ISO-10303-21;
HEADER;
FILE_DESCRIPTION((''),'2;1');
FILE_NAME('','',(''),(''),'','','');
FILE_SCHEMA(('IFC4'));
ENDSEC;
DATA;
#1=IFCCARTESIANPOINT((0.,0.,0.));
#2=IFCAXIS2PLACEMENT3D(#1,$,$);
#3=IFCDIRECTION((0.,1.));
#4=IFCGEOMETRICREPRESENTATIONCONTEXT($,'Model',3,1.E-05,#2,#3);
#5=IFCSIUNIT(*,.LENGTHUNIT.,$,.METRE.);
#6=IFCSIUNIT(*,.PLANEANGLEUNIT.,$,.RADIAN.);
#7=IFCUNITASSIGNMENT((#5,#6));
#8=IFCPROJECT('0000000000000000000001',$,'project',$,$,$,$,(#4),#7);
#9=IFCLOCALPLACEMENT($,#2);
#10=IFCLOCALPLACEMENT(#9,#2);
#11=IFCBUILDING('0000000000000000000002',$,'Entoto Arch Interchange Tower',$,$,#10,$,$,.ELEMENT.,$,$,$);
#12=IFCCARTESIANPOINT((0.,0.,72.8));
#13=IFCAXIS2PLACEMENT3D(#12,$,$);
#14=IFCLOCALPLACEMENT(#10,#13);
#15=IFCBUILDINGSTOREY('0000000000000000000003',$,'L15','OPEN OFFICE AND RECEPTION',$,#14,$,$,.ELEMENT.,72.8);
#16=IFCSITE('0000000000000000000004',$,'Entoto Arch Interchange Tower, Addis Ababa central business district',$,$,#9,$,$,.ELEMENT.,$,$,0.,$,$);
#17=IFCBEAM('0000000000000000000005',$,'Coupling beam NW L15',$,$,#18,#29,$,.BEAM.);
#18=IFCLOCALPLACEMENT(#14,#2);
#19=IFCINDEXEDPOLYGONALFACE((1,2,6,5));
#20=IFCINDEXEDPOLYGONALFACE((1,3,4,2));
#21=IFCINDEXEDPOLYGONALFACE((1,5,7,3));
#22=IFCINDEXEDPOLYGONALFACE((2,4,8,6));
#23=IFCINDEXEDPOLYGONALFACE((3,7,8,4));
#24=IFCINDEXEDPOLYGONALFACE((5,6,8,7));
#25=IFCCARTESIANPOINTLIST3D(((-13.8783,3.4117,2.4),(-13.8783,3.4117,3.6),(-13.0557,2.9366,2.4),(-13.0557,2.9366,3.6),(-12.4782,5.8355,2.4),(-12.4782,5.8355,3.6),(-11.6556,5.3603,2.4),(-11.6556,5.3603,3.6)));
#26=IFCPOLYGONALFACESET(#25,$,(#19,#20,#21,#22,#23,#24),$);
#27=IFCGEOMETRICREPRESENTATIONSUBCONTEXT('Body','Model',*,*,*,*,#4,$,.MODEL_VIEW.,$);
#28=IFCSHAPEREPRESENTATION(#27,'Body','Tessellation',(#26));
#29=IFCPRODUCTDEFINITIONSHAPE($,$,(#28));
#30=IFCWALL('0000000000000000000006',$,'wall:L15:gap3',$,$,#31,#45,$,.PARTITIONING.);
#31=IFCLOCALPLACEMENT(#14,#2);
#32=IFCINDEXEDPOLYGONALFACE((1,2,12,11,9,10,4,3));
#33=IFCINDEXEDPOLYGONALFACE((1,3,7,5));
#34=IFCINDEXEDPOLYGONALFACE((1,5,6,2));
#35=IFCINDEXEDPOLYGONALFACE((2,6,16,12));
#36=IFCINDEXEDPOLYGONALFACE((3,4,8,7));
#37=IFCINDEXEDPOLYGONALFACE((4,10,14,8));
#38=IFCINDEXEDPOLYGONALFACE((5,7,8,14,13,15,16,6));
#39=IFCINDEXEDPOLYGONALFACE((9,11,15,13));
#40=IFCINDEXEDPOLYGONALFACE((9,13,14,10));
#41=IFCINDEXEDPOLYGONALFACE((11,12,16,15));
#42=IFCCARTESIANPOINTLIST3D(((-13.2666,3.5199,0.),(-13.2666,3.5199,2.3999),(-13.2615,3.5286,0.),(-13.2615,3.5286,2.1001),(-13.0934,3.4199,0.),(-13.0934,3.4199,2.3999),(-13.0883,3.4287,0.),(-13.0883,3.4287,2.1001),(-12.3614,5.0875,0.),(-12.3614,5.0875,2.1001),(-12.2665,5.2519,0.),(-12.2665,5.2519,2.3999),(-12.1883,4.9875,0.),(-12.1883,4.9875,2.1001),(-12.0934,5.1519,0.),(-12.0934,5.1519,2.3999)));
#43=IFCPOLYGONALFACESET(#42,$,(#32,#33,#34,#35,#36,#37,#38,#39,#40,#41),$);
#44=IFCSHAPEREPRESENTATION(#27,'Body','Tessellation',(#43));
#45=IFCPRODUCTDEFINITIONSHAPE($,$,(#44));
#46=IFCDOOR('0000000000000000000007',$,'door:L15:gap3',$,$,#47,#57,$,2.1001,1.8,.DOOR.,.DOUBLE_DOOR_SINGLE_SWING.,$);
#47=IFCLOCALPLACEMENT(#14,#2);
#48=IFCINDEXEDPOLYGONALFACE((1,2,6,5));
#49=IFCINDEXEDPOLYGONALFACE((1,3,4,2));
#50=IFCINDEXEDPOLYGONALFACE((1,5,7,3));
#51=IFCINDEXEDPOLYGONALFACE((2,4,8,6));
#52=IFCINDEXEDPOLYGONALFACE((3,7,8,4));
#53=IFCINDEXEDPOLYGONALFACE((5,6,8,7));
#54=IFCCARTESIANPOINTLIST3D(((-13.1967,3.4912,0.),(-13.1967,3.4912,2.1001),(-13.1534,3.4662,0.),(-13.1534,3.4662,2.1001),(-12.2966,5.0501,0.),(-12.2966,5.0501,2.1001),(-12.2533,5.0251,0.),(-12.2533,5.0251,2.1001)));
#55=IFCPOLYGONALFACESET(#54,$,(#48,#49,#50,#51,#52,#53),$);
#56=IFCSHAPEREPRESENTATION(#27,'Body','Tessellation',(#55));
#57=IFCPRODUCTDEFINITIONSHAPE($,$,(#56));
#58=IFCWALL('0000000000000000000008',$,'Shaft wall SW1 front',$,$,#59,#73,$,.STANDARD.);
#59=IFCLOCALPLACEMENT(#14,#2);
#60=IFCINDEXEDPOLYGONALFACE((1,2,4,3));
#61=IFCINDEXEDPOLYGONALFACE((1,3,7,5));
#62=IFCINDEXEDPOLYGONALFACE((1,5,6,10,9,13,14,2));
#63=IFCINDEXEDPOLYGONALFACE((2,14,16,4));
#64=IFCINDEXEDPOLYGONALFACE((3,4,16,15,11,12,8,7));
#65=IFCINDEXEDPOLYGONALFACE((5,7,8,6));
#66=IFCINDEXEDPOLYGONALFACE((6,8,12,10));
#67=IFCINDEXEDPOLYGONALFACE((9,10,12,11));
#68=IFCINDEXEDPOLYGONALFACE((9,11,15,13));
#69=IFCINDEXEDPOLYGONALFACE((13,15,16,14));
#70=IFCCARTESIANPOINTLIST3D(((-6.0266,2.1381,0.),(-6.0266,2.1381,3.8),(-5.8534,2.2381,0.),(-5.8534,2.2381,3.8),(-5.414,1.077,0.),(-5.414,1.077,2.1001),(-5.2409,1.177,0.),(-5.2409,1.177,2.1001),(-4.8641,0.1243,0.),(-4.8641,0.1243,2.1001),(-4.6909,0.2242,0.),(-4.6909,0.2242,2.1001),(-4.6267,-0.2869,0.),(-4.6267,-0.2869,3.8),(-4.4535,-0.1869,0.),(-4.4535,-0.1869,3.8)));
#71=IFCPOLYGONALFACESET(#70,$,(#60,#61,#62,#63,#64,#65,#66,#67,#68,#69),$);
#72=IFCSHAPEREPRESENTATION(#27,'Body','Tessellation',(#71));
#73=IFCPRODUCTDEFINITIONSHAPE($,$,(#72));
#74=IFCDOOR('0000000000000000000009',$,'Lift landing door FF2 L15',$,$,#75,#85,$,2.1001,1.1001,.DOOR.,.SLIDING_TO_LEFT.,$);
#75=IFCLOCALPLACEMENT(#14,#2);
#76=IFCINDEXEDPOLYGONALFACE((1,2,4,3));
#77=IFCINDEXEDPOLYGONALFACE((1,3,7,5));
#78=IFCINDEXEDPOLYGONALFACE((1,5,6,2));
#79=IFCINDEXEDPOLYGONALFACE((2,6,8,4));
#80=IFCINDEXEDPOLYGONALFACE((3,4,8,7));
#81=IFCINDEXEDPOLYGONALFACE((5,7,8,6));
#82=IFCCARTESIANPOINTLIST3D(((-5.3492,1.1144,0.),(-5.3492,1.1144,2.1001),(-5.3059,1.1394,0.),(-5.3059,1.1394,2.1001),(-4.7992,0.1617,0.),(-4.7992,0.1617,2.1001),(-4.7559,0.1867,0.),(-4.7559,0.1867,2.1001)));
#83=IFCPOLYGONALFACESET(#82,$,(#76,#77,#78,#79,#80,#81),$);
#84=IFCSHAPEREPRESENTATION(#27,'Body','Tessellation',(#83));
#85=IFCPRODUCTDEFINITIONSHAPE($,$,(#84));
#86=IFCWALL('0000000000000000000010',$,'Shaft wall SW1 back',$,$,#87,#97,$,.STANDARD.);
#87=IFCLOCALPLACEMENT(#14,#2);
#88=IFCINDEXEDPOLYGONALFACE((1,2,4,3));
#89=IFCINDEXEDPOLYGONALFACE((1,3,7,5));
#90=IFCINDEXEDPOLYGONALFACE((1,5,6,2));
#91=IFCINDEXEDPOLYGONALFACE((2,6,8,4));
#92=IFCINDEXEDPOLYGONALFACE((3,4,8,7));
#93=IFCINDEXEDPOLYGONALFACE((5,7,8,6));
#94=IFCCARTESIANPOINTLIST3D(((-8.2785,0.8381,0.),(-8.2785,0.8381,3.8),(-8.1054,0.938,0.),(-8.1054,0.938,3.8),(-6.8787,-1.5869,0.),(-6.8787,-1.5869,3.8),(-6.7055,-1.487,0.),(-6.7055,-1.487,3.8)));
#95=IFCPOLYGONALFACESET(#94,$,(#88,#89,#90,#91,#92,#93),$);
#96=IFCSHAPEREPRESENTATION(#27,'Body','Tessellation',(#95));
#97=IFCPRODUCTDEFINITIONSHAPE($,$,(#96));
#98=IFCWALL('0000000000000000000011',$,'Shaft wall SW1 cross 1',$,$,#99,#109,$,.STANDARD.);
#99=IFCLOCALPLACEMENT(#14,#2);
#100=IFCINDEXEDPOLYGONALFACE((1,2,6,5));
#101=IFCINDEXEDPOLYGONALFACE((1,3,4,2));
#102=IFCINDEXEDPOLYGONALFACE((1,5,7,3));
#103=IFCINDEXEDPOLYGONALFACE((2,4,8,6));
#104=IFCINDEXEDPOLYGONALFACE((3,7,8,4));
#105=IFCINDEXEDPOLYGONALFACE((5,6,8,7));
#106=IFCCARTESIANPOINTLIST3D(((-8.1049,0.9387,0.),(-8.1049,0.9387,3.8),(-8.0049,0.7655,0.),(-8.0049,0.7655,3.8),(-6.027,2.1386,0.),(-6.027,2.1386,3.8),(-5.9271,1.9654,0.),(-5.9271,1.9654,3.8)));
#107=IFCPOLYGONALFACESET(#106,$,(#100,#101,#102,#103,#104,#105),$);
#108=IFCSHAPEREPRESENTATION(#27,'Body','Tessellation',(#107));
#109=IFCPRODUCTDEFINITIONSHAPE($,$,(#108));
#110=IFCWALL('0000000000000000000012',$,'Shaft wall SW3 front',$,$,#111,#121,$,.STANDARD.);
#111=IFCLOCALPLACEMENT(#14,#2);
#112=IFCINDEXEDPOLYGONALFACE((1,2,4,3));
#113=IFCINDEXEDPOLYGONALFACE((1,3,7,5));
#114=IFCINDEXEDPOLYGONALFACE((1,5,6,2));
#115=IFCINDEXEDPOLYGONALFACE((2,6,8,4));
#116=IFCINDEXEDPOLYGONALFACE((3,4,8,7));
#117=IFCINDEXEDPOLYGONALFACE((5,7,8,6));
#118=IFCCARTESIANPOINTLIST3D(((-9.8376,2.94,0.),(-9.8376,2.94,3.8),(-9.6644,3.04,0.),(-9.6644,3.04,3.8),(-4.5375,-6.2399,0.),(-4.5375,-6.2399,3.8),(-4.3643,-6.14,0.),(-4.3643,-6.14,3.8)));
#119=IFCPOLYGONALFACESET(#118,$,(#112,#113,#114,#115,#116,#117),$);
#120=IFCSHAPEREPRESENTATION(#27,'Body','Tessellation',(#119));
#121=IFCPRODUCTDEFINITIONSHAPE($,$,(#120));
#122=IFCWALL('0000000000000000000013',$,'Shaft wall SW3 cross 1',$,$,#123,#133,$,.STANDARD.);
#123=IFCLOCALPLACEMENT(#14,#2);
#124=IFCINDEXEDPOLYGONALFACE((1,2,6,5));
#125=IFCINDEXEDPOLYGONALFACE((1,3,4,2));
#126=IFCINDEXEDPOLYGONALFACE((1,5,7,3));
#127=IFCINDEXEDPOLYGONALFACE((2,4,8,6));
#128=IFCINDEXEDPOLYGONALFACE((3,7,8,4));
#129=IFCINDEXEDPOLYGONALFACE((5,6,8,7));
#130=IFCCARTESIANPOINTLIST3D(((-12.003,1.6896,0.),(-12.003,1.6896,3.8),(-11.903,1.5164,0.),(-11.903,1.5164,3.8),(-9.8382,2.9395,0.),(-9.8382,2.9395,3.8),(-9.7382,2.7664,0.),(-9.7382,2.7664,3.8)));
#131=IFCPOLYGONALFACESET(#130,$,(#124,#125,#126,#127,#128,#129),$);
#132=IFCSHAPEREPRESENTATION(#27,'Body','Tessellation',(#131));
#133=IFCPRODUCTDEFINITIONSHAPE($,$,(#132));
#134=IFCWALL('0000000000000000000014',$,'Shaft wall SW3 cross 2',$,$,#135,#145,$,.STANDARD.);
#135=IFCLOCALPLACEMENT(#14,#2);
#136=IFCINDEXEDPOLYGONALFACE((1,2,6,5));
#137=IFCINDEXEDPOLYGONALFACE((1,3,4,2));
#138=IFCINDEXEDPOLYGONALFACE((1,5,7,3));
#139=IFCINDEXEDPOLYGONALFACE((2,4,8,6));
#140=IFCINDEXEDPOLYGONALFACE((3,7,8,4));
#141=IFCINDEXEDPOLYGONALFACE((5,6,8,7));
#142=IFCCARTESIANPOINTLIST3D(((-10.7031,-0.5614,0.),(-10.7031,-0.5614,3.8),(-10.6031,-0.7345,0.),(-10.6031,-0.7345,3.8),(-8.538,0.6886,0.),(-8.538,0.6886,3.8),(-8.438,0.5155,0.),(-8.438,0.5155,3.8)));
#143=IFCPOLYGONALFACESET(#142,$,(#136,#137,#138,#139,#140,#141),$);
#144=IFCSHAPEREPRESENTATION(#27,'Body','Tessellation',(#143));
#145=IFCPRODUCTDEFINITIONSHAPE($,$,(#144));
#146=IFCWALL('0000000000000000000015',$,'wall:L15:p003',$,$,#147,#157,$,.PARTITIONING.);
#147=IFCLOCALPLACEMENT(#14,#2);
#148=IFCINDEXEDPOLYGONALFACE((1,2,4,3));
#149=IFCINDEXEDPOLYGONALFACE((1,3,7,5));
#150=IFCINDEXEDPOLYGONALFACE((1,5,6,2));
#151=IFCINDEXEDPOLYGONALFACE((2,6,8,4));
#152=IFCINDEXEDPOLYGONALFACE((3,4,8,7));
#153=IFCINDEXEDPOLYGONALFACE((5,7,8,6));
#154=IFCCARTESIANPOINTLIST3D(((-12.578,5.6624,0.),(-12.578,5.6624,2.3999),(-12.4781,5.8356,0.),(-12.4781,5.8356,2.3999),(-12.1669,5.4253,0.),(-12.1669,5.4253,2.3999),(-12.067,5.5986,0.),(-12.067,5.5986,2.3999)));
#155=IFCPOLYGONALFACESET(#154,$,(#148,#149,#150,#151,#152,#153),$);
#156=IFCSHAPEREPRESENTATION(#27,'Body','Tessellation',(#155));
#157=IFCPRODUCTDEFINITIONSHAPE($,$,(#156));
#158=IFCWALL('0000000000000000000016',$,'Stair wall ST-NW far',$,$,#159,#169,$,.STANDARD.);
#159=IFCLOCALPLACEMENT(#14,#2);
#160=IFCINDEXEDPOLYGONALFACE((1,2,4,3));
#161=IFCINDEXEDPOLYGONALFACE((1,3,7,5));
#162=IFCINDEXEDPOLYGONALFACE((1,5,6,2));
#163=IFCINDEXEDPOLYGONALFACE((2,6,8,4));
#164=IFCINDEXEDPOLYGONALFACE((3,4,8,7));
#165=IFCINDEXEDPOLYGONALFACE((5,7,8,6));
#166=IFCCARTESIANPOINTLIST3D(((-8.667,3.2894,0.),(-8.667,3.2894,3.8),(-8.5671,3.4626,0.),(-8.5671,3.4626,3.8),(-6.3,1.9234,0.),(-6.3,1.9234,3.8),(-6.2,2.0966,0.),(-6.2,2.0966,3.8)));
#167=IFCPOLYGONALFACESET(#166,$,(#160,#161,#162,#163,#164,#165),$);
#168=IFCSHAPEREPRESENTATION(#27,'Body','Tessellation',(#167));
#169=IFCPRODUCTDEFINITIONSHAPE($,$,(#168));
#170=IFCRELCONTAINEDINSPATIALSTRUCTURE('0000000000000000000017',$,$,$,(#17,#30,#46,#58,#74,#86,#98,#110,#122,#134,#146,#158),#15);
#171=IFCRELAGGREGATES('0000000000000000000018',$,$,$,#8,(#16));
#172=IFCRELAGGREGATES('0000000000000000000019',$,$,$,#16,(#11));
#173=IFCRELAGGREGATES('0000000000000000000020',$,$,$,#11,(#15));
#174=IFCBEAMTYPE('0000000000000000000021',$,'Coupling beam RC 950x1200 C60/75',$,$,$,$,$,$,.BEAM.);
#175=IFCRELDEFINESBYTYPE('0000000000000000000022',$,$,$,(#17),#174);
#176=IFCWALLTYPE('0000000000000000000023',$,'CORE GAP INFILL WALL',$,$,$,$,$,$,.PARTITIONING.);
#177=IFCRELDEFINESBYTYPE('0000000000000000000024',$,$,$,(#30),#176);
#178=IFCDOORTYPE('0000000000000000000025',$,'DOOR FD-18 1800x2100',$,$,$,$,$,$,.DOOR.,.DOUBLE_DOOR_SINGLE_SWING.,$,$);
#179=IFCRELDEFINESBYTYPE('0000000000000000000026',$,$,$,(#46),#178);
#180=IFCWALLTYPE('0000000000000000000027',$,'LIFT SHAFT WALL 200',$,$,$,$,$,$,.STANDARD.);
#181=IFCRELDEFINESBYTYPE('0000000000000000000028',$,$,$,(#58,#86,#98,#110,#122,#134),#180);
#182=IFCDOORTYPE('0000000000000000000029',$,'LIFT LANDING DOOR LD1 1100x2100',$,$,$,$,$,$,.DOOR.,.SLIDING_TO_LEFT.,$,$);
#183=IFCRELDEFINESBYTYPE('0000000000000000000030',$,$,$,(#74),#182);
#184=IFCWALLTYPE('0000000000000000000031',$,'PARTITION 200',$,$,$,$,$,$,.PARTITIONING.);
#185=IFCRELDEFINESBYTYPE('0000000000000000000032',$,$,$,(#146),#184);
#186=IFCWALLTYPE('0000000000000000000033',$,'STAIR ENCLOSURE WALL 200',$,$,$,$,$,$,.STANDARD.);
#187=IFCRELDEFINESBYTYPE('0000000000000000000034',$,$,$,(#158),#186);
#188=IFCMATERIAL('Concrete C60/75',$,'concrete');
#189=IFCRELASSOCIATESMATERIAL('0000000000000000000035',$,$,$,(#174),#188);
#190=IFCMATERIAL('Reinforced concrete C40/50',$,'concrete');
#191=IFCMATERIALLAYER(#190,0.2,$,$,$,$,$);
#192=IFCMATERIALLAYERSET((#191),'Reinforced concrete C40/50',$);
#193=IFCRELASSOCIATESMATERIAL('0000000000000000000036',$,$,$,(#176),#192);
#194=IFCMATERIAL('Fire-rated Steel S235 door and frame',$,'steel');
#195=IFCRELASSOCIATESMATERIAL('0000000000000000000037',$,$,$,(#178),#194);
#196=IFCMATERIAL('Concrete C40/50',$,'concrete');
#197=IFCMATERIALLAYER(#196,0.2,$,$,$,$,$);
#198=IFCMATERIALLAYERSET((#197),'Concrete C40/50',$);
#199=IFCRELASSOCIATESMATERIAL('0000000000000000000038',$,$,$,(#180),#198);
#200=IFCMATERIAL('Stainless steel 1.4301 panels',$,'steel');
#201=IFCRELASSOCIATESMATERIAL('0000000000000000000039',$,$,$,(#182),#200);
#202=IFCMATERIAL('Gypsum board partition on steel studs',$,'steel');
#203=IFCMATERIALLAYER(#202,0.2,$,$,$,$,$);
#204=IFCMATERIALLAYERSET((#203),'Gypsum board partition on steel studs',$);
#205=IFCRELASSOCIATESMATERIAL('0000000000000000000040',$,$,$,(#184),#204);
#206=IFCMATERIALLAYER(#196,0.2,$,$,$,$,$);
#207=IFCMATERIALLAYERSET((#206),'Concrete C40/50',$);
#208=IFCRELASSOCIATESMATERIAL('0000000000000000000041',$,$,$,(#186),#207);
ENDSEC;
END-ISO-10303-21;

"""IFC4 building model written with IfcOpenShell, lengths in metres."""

from ifc_helpers import new_model, si_unit, direction, frame, frame_2d, origin, origin_2d, place, context, subcontext, project, spatial, rectangle, extrude, material, layer, layer_set, material_profile, profile_set, type_object, element, fill, save


model = new_model("IFC4")

# Units and contexts
model_context = context("Model", 3, precision=1e-05, world=origin(), true_north=direction((0.0, 1.0)))
body_context = subcontext(model_context, "Body", "Model", "MODEL_VIEW")
ifc_project = project(units=[si_unit("LENGTHUNIT", "METRE"), si_unit("PLANEANGLEUNIT", "RADIAN")], contexts=[model_context])

# Site, building, storey
site_placement = place(None, origin())
site = spatial("IfcSite", under=ifc_project, at=site_placement, Name="Entoto Arch Interchange Tower, Addis Ababa central business district", CompositionType="ELEMENT", RefElevation=0.0)
building_placement = place(site_placement, origin())
building = spatial("IfcBuilding", under=site, at=building_placement, Name="Entoto Arch Interchange Tower", CompositionType="ELEMENT")
storey_placement = place(building_placement, frame((0.0, 0.0, 72.8)))
storey = spatial("IfcBuildingStorey", under=building, at=storey_placement, Name="L15", Description="OPEN OFFICE AND RECEPTION", CompositionType="ELEMENT", Elevation=72.8)

# Beam
ifc_material_1 = material(Name="Concrete C60/75", Category="concrete")
ifc_material_profile = material_profile(ifc_material_1, rectangle(XDim=0.95, YDim=1.2, at=origin_2d()))
ifc_profile_set = profile_set([ifc_material_profile], Name="Concrete C60/75")
beam_type = type_object("IfcBeamType", Name="Coupling beam RC 950x1200 C60/75", PredefinedType="BEAM", material=ifc_profile_set)
beam_placement = place(storey_placement, frame((-12.0669, 5.5979, 3.0), z_axis=(-0.500201, -0.86591, 0.0), x_axis=(0.86591, -0.500201, 0.0)))
element("IfcBeam", 1, at=beam_placement, inside=storey, type_object=beam_type, Name="Coupling beam NW L15", PredefinedType="BEAM", context=body_context, shape_type="SweptSolid", body=[
    extrude(rectangle(XDim=0.95, YDim=1.2, at=origin_2d()), origin(), (0.0, 0.0, 1.0), 2.7991),
])

# Walls, openings, doors
ifc_material_2 = material(Name="Reinforced concrete C40/50", Category="concrete")
ifc_layer_1 = layer(ifc_material_2, 0.2)
ifc_layer_set_1 = layer_set([ifc_layer_1], Name="Reinforced concrete C40/50")
wall_type_1 = type_object("IfcWallType", Name="CORE GAP INFILL WALL", PredefinedType="PARTITIONING", material=ifc_layer_set_1)
wall_1_placement = place(storey_placement, frame((-12.1799, 5.2019, 0.0), z_axis=(0.0, 0.0, 1.0), x_axis=(-0.500025, -0.866011, 0.0)))
wall_1 = element("IfcWall", 2, at=wall_1_placement, inside=storey, type_object=wall_type_1, Name="wall:L15:gap3", PredefinedType="PARTITIONING", context=body_context, shape_type="SweptSolid", body=[
    extrude(rectangle(XDim=2.0, YDim=0.2, at=frame_2d((1.0, 0.0))), origin(), (0.0, 0.0, 1.0), 2.3999),
])
opening_1_placement = place(wall_1_placement, frame((0.1899, 0.0, 0.0)))
opening_1 = element("IfcOpeningElement", 3, at=opening_1_placement, cuts=wall_1, PredefinedType="OPENING", context=body_context, shape_type="SweptSolid", body=[
    extrude(rectangle(XDim=1.8, YDim=2.1001, at=frame_2d((0.8999, 1.05))), frame((0.0, 0.1099, 0.0), z_axis=(0.0, -1.0, 0.0), x_axis=(1.0, 0.0, 0.0)), (0.0, 0.0, 1.0), 0.22),
])
ifc_material_3 = material(Name="Fire-rated Steel S235 door and frame", Category="steel")
door_type_1 = type_object("IfcDoorType", Name="DOOR FD-18 1800x2100", OperationType="DOUBLE_DOOR_SINGLE_SWING", PredefinedType="DOOR", material=ifc_material_3)
door_1_placement = place(opening_1_placement, origin())
door_1 = element("IfcDoor", 4, at=door_1_placement, inside=storey, type_object=door_type_1, Name="door:L15:gap3", OperationType="DOUBLE_DOOR_SINGLE_SWING", OverallHeight=2.1001, OverallWidth=1.8, PredefinedType="DOOR", context=body_context, shape_type="SweptSolid", body=[
    extrude(rectangle(XDim=1.8, YDim=2.1001, at=frame_2d((0.8999, 1.05))), frame((0.0, 0.0249, 0.0), z_axis=(0.0, -1.0, 0.0), x_axis=(1.0, 0.0, 0.0)), (0.0, 0.0, 1.0), 0.05),
])
fill(opening_1, door_1)
ifc_material_4 = material(Name="Concrete C40/50", Category="concrete")
ifc_layer_2 = layer(ifc_material_4, 0.2)
ifc_layer_set_2 = layer_set([ifc_layer_2], Name="Concrete C40/50")
wall_type_2 = type_object("IfcWallType", Name="LIFT SHAFT WALL 200", PredefinedType="STANDARD", material=ifc_layer_set_2)
wall_2_placement = place(storey_placement, frame((-5.9399, 2.188, 0.0), z_axis=(0.0, 0.0, 1.0), x_axis=(0.499946, -0.866056, 0.0)))
wall_2 = element("IfcWall", 5, at=wall_2_placement, inside=storey, type_object=wall_type_2, Name="Shaft wall SW1 front", PredefinedType="STANDARD", context=body_context, shape_type="SweptSolid", body=[
    extrude(rectangle(XDim=2.8, YDim=0.2, at=frame_2d((1.3999, 0.0))), origin(), (0.0, 0.0, 1.0), 3.8),
])
opening_2_placement = place(wall_2_placement, frame((1.2251, 0.0, 0.0)))
opening_2 = element("IfcOpeningElement", 6, at=opening_2_placement, cuts=wall_2, PredefinedType="OPENING", context=body_context, shape_type="SweptSolid", body=[
    extrude(rectangle(XDim=1.1001, YDim=2.1001, at=frame_2d((0.55, 1.05))), frame((0.0, 0.1099, 0.0), z_axis=(0.0, -1.0, 0.0), x_axis=(1.0, 0.0, 0.0)), (0.0, 0.0, 1.0), 0.22),
])
ifc_material_5 = material(Name="Stainless steel 1.4301 panels", Category="steel")
door_type_2 = type_object("IfcDoorType", Name="LIFT LANDING DOOR LD1 1100x2100", OperationType="SLIDING_TO_LEFT", PredefinedType="DOOR", material=ifc_material_5)
door_2_placement = place(opening_2_placement, origin())
door_2 = element("IfcDoor", 7, at=door_2_placement, inside=storey, type_object=door_type_2, Name="Lift landing door FF2 L15", OperationType="SLIDING_TO_LEFT", OverallHeight=2.1001, OverallWidth=1.1001, PredefinedType="DOOR", context=body_context, shape_type="SweptSolid", body=[
    extrude(rectangle(XDim=1.1001, YDim=2.1001, at=frame_2d((0.55, 1.05))), frame((0.0, 0.0249, 0.0), z_axis=(0.0, -1.0, 0.0), x_axis=(1.0, 0.0, 0.0)), (0.0, 0.0, 1.0), 0.05),
])
fill(opening_2, door_2)

# Walls
wall_3_placement = place(storey_placement, frame((-8.1919, 0.8879, 0.0), z_axis=(0.0, 0.0, 1.0), x_axis=(0.499946, -0.866056, 0.0)))
element("IfcWall", 8, at=wall_3_placement, inside=storey, type_object=wall_type_2, Name="Shaft wall SW1 back", PredefinedType="STANDARD", context=body_context, shape_type="SweptSolid", body=[
    extrude(rectangle(XDim=2.8, YDim=0.2, at=frame_2d((1.3999, 0.0))), origin(), (0.0, 0.0, 1.0), 3.8),
])
wall_4_placement = place(storey_placement, frame((-5.9771, 2.052, 0.0), z_axis=(0.0, 0.0, 1.0), x_axis=(-0.865974, -0.500089, 0.0)))
element("IfcWall", 9, at=wall_4_placement, inside=storey, type_object=wall_type_2, Name="Shaft wall SW1 cross 1", PredefinedType="STANDARD", context=body_context, shape_type="SweptSolid", body=[
    extrude(rectangle(XDim=2.3994, YDim=0.2, at=frame_2d((1.1997, 0.0))), origin(), (0.0, 0.0, 1.0), 3.8),
])
wall_5_placement = place(storey_placement, frame((-9.751, 2.99, 0.0), z_axis=(0.0, 0.0, 1.0), x_axis=(0.500001, -0.866025, 0.0)))
element("IfcWall", 10, at=wall_5_placement, inside=storey, type_object=wall_type_2, Name="Shaft wall SW3 front", PredefinedType="STANDARD", context=body_context, shape_type="SweptSolid", body=[
    extrude(rectangle(XDim=10.6001, YDim=0.2, at=frame_2d((5.3, 0.0))), origin(), (0.0, 0.0, 1.0), 3.8),
])
wall_6_placement = place(storey_placement, frame((-9.7881, 2.853, 0.0), z_axis=(0.0, 0.0, 1.0), x_axis=(-0.865999, -0.500047, 0.0)))
element("IfcWall", 11, at=wall_6_placement, inside=storey, type_object=wall_type_2, Name="Shaft wall SW3 cross 1", PredefinedType="STANDARD", context=body_context, shape_type="SweptSolid", body=[
    extrude(rectangle(XDim=2.4998, YDim=0.2, at=frame_2d((1.25, 0.0))), origin(), (0.0, 0.0, 1.0), 3.8),
])
wall_7_placement = place(storey_placement, frame((-8.488, 0.6021, 0.0), z_axis=(0.0, 0.0, 1.0), x_axis=(-0.866023, -0.500004, 0.0)))
element("IfcWall", 12, at=wall_7_placement, inside=storey, type_object=wall_type_2, Name="Shaft wall SW3 cross 2", PredefinedType="STANDARD", context=body_context, shape_type="SweptSolid", body=[
    extrude(rectangle(XDim=2.5, YDim=0.2, at=frame_2d((1.25, 0.0))), origin(), (0.0, 0.0, 1.0), 3.8),
])
ifc_material_6 = material(Name="Gypsum board partition on steel studs", Category="steel")
ifc_layer_3 = layer(ifc_material_6, 0.2)
ifc_layer_set_3 = layer_set([ifc_layer_3], Name="Gypsum board partition on steel studs")
wall_type_3 = type_object("IfcWallType", Name="PARTITION 200", PredefinedType="PARTITIONING", material=ifc_layer_set_3)
wall_8_placement = place(storey_placement, frame((-12.5281, 5.749, 0.0), z_axis=(0.0, 0.0, 1.0), x_axis=(0.866305, -0.499515, 0.0)))
element("IfcWall", 13, at=wall_8_placement, inside=storey, type_object=wall_type_3, Name="wall:L15:p003", PredefinedType="PARTITIONING", context=body_context, shape_type="SweptSolid", body=[
    extrude(rectangle(XDim=0.4746, YDim=0.2, at=frame_2d((0.2373, 0.0))), origin(), (0.0, 0.0, 1.0), 2.3999),
])
ifc_layer_4 = layer(ifc_material_4, 0.2)
ifc_layer_set_4 = layer_set([ifc_layer_4], Name="Concrete C40/50")
wall_type_4 = type_object("IfcWallType", Name="STAIR ENCLOSURE WALL 200", PredefinedType="STANDARD", material=ifc_layer_set_4)
wall_9_placement = place(storey_placement, frame((-6.25, 2.01, 0.0), z_axis=(0.0, 0.0, 1.0), x_axis=(-0.866119, 0.499838, 0.0)))
element("IfcWall", 14, at=wall_9_placement, inside=storey, type_object=wall_type_4, Name="Stair wall ST-NW far", PredefinedType="STANDARD", context=body_context, shape_type="SweptSolid", body=[
    extrude(rectangle(XDim=2.7329, YDim=0.2, at=frame_2d((1.3665, 0.0))), origin(), (0.0, 0.0, 1.0), 3.8),
])

save(model, "model.ifc")
